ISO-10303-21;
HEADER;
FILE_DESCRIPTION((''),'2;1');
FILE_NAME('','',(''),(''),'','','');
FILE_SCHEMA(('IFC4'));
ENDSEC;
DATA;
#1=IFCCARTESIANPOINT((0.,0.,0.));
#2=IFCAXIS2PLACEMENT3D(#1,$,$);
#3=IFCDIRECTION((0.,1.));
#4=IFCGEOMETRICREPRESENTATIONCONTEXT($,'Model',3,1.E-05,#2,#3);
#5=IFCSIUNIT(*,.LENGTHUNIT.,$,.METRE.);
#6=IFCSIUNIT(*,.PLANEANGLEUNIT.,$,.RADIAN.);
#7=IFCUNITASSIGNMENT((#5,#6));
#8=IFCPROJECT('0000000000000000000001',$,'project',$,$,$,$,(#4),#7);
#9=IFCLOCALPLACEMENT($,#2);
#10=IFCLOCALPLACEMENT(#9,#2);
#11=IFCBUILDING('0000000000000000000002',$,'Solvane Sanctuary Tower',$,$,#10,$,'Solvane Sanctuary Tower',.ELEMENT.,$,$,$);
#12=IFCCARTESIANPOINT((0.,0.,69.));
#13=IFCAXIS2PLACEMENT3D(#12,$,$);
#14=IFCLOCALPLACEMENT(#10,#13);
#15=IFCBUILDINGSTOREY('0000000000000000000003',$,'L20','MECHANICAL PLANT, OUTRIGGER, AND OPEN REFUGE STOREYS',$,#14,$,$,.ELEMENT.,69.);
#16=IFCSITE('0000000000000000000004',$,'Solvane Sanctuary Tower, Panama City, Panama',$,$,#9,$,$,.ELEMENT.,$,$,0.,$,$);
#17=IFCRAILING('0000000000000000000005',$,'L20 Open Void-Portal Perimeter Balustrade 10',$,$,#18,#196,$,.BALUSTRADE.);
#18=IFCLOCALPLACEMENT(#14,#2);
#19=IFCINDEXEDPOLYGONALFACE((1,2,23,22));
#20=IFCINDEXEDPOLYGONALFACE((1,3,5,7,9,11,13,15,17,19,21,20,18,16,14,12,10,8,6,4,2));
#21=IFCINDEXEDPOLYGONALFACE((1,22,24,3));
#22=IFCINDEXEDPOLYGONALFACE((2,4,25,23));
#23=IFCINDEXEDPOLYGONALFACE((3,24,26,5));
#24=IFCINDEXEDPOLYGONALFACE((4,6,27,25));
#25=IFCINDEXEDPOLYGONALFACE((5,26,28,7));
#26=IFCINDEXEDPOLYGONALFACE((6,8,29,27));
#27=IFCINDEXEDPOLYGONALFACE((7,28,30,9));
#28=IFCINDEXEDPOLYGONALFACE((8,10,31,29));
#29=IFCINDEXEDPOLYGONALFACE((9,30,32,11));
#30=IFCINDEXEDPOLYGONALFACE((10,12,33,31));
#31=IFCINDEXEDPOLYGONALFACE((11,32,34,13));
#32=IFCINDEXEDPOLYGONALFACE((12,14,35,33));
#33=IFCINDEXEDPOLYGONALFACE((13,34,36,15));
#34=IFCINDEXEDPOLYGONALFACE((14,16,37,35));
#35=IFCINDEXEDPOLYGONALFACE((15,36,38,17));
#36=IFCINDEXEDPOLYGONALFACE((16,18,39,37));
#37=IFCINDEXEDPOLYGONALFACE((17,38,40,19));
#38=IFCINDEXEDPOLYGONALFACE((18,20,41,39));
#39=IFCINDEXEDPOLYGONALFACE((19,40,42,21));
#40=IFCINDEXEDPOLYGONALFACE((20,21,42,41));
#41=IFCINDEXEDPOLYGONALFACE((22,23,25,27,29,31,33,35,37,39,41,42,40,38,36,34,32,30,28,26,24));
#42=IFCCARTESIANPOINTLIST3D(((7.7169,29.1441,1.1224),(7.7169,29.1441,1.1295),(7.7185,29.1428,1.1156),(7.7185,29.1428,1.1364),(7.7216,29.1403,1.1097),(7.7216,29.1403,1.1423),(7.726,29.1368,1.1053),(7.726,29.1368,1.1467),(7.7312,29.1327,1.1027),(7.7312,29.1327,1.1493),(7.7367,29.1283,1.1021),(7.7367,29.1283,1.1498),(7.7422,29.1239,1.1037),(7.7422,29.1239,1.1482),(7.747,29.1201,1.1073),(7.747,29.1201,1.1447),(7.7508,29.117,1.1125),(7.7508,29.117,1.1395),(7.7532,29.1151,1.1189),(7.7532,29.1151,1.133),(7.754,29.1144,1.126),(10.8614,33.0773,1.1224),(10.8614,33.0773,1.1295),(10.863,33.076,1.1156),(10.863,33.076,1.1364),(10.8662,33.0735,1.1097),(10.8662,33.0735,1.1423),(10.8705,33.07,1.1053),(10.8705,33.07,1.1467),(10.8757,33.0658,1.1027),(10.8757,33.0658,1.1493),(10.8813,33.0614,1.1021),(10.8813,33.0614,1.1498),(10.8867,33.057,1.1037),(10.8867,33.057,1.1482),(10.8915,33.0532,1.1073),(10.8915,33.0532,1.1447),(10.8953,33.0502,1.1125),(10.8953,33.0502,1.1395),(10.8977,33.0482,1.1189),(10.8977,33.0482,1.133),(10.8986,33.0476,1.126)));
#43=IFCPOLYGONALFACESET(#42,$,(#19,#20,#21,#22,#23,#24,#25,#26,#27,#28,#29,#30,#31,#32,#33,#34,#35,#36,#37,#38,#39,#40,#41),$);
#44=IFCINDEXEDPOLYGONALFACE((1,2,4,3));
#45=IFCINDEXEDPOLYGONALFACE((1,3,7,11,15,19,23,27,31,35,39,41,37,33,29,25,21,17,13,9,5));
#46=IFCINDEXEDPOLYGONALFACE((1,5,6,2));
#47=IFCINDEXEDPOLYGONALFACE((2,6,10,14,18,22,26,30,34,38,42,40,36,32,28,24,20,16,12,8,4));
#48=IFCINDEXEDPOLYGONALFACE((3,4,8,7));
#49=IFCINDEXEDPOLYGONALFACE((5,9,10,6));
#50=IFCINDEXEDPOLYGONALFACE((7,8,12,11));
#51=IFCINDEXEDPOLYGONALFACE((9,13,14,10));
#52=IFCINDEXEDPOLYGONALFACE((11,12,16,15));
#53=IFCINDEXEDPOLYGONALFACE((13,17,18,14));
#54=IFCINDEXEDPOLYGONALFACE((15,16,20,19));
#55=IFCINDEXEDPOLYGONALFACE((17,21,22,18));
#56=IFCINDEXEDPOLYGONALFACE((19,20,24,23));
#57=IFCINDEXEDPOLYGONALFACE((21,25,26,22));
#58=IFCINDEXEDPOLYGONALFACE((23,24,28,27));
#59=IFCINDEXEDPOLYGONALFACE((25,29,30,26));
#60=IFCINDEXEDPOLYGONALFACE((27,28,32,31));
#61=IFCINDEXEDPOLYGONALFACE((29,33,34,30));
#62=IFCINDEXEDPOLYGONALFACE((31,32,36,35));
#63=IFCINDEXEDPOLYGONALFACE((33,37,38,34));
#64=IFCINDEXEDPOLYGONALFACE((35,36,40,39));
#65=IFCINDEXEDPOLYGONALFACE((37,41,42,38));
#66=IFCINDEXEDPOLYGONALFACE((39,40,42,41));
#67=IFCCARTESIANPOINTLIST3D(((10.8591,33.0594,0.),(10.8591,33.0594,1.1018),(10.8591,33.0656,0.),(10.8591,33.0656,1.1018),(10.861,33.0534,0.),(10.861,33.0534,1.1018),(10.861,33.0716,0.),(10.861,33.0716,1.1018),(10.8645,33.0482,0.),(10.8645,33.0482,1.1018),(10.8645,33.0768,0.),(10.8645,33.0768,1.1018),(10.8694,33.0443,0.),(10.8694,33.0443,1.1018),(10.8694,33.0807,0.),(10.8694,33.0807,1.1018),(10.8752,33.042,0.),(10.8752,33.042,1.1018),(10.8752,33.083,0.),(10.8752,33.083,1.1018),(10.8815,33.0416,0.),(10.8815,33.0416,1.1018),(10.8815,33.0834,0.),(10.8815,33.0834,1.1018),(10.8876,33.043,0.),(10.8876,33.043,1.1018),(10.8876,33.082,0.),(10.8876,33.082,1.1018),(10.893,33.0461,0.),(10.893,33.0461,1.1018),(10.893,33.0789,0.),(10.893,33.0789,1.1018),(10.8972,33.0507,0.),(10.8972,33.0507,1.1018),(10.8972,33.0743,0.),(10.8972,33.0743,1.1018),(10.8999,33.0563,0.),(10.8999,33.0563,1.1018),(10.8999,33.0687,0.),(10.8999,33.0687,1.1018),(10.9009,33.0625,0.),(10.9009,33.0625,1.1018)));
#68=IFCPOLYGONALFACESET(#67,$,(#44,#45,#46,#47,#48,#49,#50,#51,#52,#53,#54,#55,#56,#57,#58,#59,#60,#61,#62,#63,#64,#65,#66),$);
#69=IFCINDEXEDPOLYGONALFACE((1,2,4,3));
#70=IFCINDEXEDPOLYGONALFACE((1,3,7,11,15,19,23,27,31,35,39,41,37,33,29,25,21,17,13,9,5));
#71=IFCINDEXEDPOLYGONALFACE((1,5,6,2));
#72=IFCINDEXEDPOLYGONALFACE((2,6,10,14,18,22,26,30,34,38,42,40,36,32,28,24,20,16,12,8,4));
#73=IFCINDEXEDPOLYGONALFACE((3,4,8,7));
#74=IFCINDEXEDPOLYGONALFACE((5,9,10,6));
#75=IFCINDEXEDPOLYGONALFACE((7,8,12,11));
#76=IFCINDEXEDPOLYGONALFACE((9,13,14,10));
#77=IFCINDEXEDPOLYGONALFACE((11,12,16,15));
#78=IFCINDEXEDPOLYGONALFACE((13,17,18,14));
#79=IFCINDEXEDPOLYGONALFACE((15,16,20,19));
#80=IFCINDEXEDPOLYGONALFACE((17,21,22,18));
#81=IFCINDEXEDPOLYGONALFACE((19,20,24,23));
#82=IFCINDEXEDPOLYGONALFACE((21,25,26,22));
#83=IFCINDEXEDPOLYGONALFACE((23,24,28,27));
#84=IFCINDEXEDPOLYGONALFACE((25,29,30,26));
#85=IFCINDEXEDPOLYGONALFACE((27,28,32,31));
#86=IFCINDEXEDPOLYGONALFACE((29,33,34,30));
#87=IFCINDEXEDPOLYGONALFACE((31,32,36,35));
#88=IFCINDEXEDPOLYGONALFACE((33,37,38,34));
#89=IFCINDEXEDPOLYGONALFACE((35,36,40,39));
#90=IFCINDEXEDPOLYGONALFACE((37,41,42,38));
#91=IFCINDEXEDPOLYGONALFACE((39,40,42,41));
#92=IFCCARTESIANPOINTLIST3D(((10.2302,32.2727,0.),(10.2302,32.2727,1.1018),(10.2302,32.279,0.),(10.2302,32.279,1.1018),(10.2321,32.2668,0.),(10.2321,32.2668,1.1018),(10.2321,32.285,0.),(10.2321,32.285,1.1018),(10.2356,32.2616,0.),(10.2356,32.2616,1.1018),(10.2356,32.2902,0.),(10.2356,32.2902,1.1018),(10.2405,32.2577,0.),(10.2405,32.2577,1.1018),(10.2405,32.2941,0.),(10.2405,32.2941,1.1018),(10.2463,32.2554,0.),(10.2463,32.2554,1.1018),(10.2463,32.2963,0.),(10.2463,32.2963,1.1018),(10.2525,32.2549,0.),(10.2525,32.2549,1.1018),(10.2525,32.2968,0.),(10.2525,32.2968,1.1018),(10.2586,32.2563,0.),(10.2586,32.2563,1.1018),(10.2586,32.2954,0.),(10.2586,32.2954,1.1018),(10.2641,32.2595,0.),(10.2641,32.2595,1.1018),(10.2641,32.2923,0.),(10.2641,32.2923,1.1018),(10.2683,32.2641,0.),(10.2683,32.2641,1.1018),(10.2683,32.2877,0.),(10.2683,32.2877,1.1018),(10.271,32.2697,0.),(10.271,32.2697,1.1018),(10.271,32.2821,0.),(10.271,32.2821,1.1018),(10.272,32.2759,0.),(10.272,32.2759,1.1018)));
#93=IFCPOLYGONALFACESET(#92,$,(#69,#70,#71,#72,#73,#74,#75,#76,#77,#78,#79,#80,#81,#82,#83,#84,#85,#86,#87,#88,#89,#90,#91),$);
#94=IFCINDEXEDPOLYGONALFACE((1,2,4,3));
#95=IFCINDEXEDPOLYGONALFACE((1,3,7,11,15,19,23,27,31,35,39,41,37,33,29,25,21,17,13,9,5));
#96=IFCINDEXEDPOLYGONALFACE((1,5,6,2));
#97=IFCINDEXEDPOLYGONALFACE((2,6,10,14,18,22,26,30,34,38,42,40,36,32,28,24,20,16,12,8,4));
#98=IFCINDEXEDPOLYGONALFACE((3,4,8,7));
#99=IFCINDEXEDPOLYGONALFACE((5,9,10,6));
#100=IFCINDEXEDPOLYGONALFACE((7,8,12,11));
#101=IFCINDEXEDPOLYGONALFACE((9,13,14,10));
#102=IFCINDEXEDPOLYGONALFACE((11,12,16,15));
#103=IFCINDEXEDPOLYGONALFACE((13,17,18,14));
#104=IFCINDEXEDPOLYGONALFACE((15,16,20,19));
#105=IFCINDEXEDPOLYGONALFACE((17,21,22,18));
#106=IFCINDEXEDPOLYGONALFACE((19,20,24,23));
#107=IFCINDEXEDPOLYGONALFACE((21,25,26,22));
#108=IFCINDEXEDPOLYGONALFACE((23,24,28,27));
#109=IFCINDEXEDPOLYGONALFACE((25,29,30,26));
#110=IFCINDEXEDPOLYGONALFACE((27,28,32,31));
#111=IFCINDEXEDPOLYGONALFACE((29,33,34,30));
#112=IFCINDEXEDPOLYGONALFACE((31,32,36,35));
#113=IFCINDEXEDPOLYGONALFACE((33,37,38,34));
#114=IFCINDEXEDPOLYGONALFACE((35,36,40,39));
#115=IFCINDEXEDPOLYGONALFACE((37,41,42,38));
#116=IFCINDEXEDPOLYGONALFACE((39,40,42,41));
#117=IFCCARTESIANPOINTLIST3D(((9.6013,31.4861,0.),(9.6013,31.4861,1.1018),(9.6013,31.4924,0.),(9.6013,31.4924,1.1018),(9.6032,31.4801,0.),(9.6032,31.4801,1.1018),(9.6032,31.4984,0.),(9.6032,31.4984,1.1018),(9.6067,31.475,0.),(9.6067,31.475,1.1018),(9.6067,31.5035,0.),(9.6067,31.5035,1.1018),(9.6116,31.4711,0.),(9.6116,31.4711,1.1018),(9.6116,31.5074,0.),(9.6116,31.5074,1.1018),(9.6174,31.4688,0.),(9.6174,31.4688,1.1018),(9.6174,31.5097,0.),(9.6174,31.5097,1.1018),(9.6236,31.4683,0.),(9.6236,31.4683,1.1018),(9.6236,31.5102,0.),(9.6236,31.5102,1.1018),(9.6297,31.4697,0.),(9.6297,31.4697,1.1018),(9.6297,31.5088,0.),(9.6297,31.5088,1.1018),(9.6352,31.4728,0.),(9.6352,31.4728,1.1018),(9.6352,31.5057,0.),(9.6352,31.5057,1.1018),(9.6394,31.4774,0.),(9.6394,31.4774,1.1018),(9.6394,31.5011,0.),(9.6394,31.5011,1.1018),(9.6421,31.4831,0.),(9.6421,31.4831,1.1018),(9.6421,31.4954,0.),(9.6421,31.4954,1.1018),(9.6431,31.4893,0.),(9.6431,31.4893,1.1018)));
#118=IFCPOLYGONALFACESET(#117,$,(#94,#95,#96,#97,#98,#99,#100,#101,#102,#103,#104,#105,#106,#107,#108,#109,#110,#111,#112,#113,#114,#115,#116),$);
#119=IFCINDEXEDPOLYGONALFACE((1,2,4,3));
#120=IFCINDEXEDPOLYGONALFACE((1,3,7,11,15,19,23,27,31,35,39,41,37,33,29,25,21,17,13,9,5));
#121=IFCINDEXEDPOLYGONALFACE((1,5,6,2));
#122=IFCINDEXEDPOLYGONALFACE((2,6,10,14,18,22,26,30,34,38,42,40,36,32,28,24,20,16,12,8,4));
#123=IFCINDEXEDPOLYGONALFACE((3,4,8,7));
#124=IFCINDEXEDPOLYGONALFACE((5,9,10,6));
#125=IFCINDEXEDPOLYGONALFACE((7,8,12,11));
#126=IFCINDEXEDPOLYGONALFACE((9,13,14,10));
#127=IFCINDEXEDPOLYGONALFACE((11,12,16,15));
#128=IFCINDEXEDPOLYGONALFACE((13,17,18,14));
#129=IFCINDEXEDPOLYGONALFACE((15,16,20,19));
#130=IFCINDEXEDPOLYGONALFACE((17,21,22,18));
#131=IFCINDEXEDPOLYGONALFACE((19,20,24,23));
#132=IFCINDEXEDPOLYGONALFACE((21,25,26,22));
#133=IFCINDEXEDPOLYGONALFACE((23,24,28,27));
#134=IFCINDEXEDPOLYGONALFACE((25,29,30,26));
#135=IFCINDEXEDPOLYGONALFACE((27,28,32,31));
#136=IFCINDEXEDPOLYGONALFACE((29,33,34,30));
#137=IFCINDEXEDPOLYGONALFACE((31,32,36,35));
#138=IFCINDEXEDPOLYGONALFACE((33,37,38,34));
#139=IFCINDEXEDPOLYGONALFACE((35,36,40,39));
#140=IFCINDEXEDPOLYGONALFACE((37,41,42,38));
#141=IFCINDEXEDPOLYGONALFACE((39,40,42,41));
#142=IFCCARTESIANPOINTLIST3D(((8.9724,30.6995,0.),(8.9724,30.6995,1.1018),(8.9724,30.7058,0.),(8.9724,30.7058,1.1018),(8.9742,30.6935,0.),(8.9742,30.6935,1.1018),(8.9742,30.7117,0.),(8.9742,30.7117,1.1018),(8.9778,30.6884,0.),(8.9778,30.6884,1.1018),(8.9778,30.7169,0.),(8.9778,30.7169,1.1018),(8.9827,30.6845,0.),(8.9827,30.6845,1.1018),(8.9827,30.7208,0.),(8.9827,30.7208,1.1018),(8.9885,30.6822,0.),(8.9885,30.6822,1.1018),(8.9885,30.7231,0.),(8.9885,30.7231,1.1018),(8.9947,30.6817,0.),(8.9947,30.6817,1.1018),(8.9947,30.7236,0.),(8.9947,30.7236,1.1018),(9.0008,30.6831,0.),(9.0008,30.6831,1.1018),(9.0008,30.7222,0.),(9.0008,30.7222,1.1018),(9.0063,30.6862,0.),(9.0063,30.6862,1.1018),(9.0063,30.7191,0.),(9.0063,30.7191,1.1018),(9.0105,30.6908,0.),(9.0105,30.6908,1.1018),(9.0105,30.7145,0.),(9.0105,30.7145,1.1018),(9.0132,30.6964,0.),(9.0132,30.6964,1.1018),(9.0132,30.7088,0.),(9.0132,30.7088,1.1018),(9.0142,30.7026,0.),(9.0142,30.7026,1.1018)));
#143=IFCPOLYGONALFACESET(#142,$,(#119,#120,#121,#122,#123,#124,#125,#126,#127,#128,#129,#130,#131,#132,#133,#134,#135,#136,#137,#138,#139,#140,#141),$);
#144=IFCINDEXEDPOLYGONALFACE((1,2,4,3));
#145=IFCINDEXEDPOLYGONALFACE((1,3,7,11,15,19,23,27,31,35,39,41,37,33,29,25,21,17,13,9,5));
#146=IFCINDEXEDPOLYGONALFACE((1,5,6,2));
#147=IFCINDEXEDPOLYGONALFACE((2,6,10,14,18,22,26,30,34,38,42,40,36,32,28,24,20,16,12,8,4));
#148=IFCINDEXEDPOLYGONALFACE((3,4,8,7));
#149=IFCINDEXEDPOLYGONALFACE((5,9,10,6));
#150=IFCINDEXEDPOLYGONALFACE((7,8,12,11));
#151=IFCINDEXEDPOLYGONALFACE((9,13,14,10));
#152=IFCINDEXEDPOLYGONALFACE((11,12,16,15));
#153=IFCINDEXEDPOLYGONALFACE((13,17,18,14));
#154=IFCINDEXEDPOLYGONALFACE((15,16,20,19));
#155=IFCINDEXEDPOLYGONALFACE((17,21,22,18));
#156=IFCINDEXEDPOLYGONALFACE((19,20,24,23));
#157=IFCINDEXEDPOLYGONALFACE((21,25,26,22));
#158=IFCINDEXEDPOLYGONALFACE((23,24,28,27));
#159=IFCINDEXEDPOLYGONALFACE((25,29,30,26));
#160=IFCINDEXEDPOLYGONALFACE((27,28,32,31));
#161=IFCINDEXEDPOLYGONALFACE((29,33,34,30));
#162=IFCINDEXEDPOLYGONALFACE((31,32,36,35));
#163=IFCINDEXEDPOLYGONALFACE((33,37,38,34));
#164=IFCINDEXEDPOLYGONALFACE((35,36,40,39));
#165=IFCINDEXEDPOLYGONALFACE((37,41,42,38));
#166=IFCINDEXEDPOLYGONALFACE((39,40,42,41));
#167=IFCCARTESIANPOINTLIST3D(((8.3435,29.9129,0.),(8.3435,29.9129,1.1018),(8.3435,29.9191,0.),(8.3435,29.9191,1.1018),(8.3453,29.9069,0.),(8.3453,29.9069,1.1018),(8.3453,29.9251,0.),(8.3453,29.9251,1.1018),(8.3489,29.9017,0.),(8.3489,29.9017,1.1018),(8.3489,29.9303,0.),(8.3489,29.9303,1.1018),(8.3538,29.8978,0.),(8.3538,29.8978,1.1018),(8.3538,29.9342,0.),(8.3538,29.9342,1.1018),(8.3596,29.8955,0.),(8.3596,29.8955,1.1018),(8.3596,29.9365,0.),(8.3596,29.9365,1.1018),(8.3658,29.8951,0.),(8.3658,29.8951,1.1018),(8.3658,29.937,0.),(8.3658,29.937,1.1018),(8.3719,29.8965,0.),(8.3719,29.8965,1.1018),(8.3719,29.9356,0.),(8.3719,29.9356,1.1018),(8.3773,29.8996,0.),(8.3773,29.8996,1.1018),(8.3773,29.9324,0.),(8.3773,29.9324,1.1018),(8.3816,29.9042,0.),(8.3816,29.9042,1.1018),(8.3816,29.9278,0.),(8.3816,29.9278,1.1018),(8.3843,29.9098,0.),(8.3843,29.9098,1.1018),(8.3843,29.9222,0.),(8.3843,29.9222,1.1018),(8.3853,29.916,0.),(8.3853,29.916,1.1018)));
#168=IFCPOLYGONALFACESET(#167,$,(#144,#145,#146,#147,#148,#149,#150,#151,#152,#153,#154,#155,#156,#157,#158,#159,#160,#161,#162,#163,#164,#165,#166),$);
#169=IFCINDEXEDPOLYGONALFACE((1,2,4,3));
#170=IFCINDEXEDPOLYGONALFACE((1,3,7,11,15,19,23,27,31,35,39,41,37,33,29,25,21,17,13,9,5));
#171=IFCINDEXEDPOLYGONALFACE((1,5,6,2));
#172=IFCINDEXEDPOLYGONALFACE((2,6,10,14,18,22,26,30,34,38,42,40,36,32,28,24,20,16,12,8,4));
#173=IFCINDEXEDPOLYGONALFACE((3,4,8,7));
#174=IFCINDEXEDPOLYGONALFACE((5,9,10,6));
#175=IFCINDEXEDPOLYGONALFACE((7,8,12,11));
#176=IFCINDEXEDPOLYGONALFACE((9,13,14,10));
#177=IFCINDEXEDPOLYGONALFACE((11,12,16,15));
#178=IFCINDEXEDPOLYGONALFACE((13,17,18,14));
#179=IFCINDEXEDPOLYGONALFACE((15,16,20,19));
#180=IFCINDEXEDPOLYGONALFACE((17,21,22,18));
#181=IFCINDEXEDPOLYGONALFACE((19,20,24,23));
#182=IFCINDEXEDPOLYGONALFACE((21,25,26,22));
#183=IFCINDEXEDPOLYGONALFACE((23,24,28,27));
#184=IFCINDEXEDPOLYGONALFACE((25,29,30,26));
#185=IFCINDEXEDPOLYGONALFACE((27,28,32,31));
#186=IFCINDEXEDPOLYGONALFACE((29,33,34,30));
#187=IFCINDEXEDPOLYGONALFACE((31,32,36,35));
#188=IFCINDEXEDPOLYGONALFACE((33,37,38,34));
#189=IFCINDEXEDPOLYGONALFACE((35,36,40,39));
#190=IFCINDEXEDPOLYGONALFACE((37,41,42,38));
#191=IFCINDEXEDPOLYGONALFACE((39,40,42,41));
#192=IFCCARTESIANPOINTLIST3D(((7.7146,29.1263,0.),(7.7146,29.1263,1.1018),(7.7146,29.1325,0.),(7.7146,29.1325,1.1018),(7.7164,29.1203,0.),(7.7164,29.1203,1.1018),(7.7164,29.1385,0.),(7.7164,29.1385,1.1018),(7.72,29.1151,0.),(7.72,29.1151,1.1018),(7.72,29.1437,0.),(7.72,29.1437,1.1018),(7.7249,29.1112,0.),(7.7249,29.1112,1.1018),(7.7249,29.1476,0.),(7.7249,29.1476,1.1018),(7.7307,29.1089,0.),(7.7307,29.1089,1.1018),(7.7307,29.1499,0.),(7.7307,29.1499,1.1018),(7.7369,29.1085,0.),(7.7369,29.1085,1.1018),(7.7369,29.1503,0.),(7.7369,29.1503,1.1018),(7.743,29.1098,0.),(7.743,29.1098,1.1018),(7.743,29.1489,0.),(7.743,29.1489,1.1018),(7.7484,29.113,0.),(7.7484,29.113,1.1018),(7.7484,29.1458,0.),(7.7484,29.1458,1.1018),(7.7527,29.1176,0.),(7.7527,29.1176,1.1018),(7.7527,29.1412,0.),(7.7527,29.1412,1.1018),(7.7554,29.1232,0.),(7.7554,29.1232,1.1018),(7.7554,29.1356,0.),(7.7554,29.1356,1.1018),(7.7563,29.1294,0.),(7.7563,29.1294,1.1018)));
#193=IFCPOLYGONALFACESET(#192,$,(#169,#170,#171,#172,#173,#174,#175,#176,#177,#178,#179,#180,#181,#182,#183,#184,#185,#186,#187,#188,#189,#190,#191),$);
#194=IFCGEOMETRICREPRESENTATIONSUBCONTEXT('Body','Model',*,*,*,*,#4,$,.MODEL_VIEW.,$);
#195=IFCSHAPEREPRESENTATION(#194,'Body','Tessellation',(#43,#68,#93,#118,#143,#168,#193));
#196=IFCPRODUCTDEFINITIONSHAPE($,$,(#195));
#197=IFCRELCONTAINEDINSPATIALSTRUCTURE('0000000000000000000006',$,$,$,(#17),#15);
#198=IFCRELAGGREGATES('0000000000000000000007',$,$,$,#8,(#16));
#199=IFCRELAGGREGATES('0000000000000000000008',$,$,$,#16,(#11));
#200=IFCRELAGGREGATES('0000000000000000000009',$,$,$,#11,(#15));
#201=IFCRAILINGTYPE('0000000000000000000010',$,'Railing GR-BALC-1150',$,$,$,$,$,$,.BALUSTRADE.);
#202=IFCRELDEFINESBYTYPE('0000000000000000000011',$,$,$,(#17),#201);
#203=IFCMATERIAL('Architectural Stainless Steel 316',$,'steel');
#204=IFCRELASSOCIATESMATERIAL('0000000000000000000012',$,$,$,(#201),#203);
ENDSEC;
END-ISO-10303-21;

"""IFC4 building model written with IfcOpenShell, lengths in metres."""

from ifc_helpers import new_model, si_unit, direction, frame, origin, origin_2d, place, context, subcontext, project, spatial, circle, extrude, material, type_object, element, save


model = new_model("IFC4")

# Units and contexts
model_context = context("Model", 3, precision=1e-05, world=origin(), true_north=direction((0.0, 1.0)))
body_context = subcontext(model_context, "Body", "Model", "MODEL_VIEW")
ifc_project = project(units=[si_unit("LENGTHUNIT", "METRE"), si_unit("PLANEANGLEUNIT", "RADIAN")], contexts=[model_context])

# Site, building, storey
site_placement = place(None, origin())
site = spatial("IfcSite", under=ifc_project, at=site_placement, Name="Solvane Sanctuary Tower, Panama City, Panama", CompositionType="ELEMENT", RefElevation=0.0)
building_placement = place(site_placement, origin())
building = spatial("IfcBuilding", under=site, at=building_placement, Name="Solvane Sanctuary Tower", LongName="Solvane Sanctuary Tower", CompositionType="ELEMENT")
storey_placement = place(building_placement, frame((0.0, 0.0, 69.0)))
storey = spatial("IfcBuildingStorey", under=building, at=storey_placement, Name="L20", Description="MECHANICAL PLANT, OUTRIGGER, AND OPEN REFUGE STOREYS", CompositionType="ELEMENT", Elevation=69.0)

# Shared definitions
ifc_material_1 = material(Name="Architectural Stainless Steel 316", Category="steel")

# Railing
railing_type_1 = type_object("IfcRailingType", Name="Railing GR-BALC-1150", PredefinedType="BALUSTRADE", material=ifc_material_1)
railing_1_placement = place(storey_placement, frame((10.8799, 33.0625, 0.0)))
element("IfcRailing", 1, at=railing_1_placement, inside=storey, type_object=railing_type_1, Name="L20 Open Void-Portal Perimeter Balustrade 10", PredefinedType="BALUSTRADE", context=body_context, shape_type="SweptSolid", body=[
    extrude(circle(Radius=0.0239, at=origin_2d()), frame((0.0, 0.0, 1.126), z_axis=(-0.624459, -0.781058, 0.0), x_axis=(0.781058, -0.624459, 0.0)), (0.0, 0.0, 1.0), 5.0356),
    extrude(circle(Radius=0.021, at=origin_2d()), origin(), (0.0, 0.0, 1.0), 1.1018),
    extrude(circle(Radius=0.021, at=origin_2d()), frame((-0.6289, -0.7866, 0.0)), (0.0, 0.0, 1.0), 1.1018),
    extrude(circle(Radius=0.021, at=origin_2d()), frame((-1.2578, -1.5732, 0.0)), (0.0, 0.0, 1.0), 1.1018),
    extrude(circle(Radius=0.021, at=origin_2d()), frame((-1.8867, -2.3599, 0.0)), (0.0, 0.0, 1.0), 1.1018),
    extrude(circle(Radius=0.021, at=origin_2d()), frame((-2.5156, -3.1465, 0.0)), (0.0, 0.0, 1.0), 1.1018),
    extrude(circle(Radius=0.021, at=origin_2d()), frame((-3.1445, -3.9331, 0.0)), (0.0, 0.0, 1.0), 1.1018),
])

save(model, "model.ifc")
